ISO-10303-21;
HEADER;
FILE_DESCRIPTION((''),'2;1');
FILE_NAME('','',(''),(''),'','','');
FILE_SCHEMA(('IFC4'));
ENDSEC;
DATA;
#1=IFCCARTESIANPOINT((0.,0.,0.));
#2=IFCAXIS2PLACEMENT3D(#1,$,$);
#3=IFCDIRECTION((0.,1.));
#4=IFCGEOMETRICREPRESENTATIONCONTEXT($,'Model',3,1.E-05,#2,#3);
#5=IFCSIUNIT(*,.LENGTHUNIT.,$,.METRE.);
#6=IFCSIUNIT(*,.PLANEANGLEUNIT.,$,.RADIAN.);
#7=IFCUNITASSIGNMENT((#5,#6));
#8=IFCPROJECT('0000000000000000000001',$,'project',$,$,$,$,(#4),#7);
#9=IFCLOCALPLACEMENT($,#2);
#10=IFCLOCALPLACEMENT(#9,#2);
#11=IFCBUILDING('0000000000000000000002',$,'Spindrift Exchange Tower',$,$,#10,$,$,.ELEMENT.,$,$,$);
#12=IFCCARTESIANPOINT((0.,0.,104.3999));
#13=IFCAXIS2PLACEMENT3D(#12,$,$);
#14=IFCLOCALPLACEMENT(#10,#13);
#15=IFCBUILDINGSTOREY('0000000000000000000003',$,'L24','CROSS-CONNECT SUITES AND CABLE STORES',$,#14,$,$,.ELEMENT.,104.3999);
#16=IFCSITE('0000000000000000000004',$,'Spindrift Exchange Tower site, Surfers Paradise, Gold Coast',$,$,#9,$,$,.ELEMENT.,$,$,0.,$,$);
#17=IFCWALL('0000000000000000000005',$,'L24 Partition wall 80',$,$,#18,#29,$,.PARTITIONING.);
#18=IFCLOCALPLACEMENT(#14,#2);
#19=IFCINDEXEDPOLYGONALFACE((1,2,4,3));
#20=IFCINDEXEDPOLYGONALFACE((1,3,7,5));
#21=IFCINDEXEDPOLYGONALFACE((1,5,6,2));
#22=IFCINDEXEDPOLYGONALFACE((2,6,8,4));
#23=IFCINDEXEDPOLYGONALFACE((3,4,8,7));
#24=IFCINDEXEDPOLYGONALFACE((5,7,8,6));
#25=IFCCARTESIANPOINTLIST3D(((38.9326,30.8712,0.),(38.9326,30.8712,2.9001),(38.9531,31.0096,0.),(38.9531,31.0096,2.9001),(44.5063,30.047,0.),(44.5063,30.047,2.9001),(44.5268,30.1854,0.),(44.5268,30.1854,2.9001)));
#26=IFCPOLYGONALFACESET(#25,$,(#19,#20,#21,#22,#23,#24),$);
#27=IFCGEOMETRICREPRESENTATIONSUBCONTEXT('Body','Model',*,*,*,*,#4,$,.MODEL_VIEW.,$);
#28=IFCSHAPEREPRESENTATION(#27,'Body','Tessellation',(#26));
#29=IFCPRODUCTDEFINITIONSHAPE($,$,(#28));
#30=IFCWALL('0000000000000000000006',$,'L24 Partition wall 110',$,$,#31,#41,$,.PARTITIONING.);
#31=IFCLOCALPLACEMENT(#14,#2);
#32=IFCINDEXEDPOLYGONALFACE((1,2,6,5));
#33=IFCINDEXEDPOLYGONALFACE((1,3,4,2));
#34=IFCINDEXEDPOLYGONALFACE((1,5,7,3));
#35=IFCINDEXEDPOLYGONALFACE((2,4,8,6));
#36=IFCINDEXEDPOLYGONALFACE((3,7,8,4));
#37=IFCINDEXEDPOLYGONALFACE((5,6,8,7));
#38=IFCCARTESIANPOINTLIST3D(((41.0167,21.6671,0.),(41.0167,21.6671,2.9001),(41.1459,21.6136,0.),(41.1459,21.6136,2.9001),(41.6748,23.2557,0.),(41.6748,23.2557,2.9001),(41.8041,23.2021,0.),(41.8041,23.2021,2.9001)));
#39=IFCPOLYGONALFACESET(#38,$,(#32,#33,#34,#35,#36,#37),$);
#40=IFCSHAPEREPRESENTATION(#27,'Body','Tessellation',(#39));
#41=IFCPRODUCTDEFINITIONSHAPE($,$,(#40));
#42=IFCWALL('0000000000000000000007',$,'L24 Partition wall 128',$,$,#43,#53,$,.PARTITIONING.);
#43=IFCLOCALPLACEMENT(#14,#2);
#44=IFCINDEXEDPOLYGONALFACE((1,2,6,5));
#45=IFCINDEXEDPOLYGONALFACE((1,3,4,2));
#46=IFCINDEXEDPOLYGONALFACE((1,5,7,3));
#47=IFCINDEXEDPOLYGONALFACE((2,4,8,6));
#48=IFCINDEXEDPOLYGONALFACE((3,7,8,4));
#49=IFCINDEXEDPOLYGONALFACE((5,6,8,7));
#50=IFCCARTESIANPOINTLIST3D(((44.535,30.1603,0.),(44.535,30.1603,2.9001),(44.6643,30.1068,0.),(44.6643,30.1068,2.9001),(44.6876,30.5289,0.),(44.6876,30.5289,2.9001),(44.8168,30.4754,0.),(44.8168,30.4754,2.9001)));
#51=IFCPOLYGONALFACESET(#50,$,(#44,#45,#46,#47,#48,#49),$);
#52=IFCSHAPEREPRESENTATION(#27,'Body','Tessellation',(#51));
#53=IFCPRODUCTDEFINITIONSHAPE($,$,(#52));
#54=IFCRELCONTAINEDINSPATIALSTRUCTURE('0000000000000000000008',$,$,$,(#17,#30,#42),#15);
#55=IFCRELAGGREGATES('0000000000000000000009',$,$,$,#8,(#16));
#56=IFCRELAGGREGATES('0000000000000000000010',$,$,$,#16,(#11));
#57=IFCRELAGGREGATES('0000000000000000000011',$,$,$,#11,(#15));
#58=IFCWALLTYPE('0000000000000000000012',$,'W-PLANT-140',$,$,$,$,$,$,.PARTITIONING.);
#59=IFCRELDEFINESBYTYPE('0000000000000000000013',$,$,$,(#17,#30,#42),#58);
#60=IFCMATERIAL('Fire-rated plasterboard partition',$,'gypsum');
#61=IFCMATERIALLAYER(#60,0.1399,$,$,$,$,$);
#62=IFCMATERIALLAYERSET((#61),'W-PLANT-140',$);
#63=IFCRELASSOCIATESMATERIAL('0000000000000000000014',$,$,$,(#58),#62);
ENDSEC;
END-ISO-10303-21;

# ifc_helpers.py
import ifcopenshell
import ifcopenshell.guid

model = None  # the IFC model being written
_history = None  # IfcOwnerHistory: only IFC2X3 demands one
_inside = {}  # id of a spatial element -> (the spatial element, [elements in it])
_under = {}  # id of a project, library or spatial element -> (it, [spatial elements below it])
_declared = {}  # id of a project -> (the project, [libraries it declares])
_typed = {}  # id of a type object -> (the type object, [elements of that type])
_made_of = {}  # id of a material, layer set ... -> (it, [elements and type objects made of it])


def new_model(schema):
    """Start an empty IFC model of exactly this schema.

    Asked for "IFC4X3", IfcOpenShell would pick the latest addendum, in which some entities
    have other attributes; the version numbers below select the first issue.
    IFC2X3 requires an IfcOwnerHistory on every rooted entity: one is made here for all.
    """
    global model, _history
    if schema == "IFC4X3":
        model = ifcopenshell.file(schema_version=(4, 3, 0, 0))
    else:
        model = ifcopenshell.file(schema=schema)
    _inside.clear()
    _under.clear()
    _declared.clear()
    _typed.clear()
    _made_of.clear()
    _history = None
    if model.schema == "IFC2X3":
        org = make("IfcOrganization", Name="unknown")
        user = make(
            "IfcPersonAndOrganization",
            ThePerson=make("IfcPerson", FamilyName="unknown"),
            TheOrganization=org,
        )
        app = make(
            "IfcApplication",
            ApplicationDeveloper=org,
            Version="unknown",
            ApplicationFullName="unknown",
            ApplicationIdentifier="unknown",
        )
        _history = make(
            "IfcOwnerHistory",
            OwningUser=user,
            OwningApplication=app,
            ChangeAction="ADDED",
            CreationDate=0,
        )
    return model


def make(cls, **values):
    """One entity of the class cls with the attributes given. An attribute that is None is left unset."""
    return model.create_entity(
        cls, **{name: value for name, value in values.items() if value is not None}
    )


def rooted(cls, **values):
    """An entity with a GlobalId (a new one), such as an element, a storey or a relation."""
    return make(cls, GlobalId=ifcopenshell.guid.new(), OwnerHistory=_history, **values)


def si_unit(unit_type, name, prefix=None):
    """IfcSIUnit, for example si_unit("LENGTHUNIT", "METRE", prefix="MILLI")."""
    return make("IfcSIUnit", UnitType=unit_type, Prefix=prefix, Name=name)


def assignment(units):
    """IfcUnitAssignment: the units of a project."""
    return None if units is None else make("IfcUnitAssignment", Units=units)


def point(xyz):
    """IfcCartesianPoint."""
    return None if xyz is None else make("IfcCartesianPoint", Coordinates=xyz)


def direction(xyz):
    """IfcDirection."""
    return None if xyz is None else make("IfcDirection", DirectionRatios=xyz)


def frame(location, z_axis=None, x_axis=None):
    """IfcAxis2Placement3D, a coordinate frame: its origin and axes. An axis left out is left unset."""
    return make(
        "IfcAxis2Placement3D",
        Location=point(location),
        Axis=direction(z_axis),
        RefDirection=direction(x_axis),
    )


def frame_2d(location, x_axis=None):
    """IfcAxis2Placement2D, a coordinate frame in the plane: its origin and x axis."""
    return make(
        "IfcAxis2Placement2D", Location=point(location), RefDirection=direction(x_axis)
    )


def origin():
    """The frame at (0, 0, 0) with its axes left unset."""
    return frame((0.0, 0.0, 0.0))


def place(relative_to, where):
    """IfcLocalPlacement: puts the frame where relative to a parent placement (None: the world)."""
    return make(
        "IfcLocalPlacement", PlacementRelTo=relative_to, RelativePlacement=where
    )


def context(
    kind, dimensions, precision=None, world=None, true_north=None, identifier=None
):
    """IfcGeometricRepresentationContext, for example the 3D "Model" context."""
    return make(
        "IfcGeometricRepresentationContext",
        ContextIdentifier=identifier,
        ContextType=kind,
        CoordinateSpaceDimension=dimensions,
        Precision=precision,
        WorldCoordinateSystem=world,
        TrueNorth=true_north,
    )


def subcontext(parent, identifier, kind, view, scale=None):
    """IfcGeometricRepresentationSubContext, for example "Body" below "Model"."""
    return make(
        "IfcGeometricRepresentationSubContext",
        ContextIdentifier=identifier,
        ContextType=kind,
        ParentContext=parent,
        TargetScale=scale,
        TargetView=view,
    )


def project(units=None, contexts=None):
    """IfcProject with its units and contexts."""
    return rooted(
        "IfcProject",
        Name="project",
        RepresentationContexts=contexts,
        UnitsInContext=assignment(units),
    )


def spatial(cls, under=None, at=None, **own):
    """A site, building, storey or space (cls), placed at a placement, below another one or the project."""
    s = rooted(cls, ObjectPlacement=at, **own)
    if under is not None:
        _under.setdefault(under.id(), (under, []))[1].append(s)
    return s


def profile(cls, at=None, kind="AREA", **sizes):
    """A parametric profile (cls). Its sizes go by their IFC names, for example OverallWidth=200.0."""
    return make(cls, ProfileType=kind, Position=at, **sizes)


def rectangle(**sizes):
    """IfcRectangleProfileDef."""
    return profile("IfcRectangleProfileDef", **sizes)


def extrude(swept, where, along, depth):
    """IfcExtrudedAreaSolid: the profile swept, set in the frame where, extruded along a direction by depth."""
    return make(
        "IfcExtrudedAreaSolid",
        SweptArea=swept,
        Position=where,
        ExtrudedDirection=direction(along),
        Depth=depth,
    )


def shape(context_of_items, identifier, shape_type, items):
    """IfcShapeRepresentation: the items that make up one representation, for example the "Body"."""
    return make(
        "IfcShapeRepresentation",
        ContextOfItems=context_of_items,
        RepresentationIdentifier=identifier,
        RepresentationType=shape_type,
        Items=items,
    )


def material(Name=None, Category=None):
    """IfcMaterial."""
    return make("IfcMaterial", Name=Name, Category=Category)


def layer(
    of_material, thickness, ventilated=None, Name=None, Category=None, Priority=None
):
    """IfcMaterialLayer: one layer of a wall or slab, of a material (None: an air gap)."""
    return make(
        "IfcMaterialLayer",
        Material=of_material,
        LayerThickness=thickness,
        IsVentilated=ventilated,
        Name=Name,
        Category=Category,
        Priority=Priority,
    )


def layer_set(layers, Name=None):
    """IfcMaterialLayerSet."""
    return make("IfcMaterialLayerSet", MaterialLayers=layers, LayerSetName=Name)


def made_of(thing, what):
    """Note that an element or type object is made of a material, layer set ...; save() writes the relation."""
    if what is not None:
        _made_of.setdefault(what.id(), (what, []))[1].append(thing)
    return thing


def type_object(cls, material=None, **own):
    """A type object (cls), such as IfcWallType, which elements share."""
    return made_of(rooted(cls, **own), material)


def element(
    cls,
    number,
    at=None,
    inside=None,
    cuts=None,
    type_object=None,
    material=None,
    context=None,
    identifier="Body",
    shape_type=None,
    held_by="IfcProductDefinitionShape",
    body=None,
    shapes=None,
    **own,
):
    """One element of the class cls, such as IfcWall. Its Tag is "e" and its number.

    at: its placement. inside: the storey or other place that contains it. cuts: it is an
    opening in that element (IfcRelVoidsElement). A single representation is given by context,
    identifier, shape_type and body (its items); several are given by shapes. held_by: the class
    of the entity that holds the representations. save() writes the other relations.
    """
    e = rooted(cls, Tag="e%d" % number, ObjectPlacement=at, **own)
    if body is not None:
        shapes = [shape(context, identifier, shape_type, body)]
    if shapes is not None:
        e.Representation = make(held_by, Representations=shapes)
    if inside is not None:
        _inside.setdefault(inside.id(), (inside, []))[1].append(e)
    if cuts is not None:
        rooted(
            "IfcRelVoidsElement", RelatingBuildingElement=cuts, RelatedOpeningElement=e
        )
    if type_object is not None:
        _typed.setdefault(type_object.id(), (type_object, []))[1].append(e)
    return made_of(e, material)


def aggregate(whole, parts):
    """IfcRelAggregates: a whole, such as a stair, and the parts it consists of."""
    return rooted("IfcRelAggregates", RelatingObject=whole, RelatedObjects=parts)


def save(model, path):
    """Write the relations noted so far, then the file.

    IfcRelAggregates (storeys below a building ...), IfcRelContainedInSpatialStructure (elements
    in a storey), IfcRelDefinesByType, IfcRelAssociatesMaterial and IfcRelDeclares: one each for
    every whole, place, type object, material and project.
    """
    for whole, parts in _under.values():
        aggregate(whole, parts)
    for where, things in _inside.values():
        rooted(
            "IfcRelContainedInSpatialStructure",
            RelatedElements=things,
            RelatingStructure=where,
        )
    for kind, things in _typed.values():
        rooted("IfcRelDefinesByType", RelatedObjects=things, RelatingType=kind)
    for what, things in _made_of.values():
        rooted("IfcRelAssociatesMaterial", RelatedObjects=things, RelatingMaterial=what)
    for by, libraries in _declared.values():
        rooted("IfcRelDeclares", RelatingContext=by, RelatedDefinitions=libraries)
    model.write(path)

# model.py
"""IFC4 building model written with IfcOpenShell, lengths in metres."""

from ifc_helpers import new_model, si_unit, direction, frame, frame_2d, origin, place, context, subcontext, project, spatial, rectangle, extrude, material, layer, layer_set, type_object, element, save


model = new_model("IFC4")

# Units and contexts
model_context = context("Model", 3, precision=1e-05, world=origin(), true_north=direction((0.0, 1.0)))
body_context = subcontext(model_context, "Body", "Model", "MODEL_VIEW")
ifc_project = project(units=[si_unit("LENGTHUNIT", "METRE"), si_unit("PLANEANGLEUNIT", "RADIAN")], contexts=[model_context])

# Site, building, storey
site_placement = place(None, origin())
site = spatial("IfcSite", under=ifc_project, at=site_placement, Name="Spindrift Exchange Tower site, Surfers Paradise, Gold Coast", CompositionType="ELEMENT", RefElevation=0.0)
building_placement = place(site_placement, origin())
building = spatial("IfcBuilding", under=site, at=building_placement, Name="Spindrift Exchange Tower", CompositionType="ELEMENT")
storey_placement = place(building_placement, frame((0.0, 0.0, 104.3999)))
storey = spatial("IfcBuildingStorey", under=building, at=storey_placement, Name="L24", Description="CROSS-CONNECT SUITES AND CABLE STORES", CompositionType="ELEMENT", Elevation=104.3999)

# Walls
ifc_material_1 = material(Name="Fire-rated plasterboard partition", Category="gypsum")
ifc_layer_1 = layer(ifc_material_1, 0.1399)
ifc_layer_set_1 = layer_set([ifc_layer_1], Name="W-PLANT-140")
wall_type = type_object("IfcWallType", Name="W-PLANT-140", PredefinedType="PARTITIONING", material=ifc_layer_set_1)
wall_1_placement = place(storey_placement, frame((38.9429, 30.9404, 0.0), z_axis=(0.0, 0.0, 1.0), x_axis=(0.989243, -0.146285, 0.0)))
element("IfcWall", 1, at=wall_1_placement, inside=storey, type_object=wall_type, Name="L24 Partition wall 80", PredefinedType="PARTITIONING", context=body_context, shape_type="SweptSolid", body=[
    extrude(rectangle(XDim=5.6343, YDim=0.1399, at=frame_2d((2.8171, 0.0))), origin(), (0.0, 0.0, 1.0), 2.9001),
])
wall_2_placement = place(storey_placement, frame((41.7395, 23.229, 0.0), z_axis=(0.0, 0.0, 1.0), x_axis=(-0.38277, -0.923844, 0.0)))
element("IfcWall", 2, at=wall_2_placement, inside=storey, type_object=wall_type, Name="L24 Partition wall 110", PredefinedType="PARTITIONING", context=body_context, shape_type="SweptSolid", body=[
    extrude(rectangle(XDim=1.7195, YDim=0.1399, at=frame_2d((0.8599, 0.0))), origin(), (0.0, 0.0, 1.0), 2.9001),
])
wall_3_placement = place(storey_placement, frame((44.7522, 30.5022, 0.0), z_axis=(0.0, 0.0, 1.0), x_axis=(-0.382442, -0.92398, 0.0)))
element("IfcWall", 3, at=wall_3_placement, inside=storey, type_object=wall_type, Name="L24 Partition wall 128", PredefinedType="PARTITIONING", context=body_context, shape_type="SweptSolid", body=[
    extrude(rectangle(XDim=0.3989, YDim=0.1399, at=frame_2d((0.1995, 0.0))), origin(), (0.0, 0.0, 1.0), 2.9001),
])

save(model, "model.ifc")
